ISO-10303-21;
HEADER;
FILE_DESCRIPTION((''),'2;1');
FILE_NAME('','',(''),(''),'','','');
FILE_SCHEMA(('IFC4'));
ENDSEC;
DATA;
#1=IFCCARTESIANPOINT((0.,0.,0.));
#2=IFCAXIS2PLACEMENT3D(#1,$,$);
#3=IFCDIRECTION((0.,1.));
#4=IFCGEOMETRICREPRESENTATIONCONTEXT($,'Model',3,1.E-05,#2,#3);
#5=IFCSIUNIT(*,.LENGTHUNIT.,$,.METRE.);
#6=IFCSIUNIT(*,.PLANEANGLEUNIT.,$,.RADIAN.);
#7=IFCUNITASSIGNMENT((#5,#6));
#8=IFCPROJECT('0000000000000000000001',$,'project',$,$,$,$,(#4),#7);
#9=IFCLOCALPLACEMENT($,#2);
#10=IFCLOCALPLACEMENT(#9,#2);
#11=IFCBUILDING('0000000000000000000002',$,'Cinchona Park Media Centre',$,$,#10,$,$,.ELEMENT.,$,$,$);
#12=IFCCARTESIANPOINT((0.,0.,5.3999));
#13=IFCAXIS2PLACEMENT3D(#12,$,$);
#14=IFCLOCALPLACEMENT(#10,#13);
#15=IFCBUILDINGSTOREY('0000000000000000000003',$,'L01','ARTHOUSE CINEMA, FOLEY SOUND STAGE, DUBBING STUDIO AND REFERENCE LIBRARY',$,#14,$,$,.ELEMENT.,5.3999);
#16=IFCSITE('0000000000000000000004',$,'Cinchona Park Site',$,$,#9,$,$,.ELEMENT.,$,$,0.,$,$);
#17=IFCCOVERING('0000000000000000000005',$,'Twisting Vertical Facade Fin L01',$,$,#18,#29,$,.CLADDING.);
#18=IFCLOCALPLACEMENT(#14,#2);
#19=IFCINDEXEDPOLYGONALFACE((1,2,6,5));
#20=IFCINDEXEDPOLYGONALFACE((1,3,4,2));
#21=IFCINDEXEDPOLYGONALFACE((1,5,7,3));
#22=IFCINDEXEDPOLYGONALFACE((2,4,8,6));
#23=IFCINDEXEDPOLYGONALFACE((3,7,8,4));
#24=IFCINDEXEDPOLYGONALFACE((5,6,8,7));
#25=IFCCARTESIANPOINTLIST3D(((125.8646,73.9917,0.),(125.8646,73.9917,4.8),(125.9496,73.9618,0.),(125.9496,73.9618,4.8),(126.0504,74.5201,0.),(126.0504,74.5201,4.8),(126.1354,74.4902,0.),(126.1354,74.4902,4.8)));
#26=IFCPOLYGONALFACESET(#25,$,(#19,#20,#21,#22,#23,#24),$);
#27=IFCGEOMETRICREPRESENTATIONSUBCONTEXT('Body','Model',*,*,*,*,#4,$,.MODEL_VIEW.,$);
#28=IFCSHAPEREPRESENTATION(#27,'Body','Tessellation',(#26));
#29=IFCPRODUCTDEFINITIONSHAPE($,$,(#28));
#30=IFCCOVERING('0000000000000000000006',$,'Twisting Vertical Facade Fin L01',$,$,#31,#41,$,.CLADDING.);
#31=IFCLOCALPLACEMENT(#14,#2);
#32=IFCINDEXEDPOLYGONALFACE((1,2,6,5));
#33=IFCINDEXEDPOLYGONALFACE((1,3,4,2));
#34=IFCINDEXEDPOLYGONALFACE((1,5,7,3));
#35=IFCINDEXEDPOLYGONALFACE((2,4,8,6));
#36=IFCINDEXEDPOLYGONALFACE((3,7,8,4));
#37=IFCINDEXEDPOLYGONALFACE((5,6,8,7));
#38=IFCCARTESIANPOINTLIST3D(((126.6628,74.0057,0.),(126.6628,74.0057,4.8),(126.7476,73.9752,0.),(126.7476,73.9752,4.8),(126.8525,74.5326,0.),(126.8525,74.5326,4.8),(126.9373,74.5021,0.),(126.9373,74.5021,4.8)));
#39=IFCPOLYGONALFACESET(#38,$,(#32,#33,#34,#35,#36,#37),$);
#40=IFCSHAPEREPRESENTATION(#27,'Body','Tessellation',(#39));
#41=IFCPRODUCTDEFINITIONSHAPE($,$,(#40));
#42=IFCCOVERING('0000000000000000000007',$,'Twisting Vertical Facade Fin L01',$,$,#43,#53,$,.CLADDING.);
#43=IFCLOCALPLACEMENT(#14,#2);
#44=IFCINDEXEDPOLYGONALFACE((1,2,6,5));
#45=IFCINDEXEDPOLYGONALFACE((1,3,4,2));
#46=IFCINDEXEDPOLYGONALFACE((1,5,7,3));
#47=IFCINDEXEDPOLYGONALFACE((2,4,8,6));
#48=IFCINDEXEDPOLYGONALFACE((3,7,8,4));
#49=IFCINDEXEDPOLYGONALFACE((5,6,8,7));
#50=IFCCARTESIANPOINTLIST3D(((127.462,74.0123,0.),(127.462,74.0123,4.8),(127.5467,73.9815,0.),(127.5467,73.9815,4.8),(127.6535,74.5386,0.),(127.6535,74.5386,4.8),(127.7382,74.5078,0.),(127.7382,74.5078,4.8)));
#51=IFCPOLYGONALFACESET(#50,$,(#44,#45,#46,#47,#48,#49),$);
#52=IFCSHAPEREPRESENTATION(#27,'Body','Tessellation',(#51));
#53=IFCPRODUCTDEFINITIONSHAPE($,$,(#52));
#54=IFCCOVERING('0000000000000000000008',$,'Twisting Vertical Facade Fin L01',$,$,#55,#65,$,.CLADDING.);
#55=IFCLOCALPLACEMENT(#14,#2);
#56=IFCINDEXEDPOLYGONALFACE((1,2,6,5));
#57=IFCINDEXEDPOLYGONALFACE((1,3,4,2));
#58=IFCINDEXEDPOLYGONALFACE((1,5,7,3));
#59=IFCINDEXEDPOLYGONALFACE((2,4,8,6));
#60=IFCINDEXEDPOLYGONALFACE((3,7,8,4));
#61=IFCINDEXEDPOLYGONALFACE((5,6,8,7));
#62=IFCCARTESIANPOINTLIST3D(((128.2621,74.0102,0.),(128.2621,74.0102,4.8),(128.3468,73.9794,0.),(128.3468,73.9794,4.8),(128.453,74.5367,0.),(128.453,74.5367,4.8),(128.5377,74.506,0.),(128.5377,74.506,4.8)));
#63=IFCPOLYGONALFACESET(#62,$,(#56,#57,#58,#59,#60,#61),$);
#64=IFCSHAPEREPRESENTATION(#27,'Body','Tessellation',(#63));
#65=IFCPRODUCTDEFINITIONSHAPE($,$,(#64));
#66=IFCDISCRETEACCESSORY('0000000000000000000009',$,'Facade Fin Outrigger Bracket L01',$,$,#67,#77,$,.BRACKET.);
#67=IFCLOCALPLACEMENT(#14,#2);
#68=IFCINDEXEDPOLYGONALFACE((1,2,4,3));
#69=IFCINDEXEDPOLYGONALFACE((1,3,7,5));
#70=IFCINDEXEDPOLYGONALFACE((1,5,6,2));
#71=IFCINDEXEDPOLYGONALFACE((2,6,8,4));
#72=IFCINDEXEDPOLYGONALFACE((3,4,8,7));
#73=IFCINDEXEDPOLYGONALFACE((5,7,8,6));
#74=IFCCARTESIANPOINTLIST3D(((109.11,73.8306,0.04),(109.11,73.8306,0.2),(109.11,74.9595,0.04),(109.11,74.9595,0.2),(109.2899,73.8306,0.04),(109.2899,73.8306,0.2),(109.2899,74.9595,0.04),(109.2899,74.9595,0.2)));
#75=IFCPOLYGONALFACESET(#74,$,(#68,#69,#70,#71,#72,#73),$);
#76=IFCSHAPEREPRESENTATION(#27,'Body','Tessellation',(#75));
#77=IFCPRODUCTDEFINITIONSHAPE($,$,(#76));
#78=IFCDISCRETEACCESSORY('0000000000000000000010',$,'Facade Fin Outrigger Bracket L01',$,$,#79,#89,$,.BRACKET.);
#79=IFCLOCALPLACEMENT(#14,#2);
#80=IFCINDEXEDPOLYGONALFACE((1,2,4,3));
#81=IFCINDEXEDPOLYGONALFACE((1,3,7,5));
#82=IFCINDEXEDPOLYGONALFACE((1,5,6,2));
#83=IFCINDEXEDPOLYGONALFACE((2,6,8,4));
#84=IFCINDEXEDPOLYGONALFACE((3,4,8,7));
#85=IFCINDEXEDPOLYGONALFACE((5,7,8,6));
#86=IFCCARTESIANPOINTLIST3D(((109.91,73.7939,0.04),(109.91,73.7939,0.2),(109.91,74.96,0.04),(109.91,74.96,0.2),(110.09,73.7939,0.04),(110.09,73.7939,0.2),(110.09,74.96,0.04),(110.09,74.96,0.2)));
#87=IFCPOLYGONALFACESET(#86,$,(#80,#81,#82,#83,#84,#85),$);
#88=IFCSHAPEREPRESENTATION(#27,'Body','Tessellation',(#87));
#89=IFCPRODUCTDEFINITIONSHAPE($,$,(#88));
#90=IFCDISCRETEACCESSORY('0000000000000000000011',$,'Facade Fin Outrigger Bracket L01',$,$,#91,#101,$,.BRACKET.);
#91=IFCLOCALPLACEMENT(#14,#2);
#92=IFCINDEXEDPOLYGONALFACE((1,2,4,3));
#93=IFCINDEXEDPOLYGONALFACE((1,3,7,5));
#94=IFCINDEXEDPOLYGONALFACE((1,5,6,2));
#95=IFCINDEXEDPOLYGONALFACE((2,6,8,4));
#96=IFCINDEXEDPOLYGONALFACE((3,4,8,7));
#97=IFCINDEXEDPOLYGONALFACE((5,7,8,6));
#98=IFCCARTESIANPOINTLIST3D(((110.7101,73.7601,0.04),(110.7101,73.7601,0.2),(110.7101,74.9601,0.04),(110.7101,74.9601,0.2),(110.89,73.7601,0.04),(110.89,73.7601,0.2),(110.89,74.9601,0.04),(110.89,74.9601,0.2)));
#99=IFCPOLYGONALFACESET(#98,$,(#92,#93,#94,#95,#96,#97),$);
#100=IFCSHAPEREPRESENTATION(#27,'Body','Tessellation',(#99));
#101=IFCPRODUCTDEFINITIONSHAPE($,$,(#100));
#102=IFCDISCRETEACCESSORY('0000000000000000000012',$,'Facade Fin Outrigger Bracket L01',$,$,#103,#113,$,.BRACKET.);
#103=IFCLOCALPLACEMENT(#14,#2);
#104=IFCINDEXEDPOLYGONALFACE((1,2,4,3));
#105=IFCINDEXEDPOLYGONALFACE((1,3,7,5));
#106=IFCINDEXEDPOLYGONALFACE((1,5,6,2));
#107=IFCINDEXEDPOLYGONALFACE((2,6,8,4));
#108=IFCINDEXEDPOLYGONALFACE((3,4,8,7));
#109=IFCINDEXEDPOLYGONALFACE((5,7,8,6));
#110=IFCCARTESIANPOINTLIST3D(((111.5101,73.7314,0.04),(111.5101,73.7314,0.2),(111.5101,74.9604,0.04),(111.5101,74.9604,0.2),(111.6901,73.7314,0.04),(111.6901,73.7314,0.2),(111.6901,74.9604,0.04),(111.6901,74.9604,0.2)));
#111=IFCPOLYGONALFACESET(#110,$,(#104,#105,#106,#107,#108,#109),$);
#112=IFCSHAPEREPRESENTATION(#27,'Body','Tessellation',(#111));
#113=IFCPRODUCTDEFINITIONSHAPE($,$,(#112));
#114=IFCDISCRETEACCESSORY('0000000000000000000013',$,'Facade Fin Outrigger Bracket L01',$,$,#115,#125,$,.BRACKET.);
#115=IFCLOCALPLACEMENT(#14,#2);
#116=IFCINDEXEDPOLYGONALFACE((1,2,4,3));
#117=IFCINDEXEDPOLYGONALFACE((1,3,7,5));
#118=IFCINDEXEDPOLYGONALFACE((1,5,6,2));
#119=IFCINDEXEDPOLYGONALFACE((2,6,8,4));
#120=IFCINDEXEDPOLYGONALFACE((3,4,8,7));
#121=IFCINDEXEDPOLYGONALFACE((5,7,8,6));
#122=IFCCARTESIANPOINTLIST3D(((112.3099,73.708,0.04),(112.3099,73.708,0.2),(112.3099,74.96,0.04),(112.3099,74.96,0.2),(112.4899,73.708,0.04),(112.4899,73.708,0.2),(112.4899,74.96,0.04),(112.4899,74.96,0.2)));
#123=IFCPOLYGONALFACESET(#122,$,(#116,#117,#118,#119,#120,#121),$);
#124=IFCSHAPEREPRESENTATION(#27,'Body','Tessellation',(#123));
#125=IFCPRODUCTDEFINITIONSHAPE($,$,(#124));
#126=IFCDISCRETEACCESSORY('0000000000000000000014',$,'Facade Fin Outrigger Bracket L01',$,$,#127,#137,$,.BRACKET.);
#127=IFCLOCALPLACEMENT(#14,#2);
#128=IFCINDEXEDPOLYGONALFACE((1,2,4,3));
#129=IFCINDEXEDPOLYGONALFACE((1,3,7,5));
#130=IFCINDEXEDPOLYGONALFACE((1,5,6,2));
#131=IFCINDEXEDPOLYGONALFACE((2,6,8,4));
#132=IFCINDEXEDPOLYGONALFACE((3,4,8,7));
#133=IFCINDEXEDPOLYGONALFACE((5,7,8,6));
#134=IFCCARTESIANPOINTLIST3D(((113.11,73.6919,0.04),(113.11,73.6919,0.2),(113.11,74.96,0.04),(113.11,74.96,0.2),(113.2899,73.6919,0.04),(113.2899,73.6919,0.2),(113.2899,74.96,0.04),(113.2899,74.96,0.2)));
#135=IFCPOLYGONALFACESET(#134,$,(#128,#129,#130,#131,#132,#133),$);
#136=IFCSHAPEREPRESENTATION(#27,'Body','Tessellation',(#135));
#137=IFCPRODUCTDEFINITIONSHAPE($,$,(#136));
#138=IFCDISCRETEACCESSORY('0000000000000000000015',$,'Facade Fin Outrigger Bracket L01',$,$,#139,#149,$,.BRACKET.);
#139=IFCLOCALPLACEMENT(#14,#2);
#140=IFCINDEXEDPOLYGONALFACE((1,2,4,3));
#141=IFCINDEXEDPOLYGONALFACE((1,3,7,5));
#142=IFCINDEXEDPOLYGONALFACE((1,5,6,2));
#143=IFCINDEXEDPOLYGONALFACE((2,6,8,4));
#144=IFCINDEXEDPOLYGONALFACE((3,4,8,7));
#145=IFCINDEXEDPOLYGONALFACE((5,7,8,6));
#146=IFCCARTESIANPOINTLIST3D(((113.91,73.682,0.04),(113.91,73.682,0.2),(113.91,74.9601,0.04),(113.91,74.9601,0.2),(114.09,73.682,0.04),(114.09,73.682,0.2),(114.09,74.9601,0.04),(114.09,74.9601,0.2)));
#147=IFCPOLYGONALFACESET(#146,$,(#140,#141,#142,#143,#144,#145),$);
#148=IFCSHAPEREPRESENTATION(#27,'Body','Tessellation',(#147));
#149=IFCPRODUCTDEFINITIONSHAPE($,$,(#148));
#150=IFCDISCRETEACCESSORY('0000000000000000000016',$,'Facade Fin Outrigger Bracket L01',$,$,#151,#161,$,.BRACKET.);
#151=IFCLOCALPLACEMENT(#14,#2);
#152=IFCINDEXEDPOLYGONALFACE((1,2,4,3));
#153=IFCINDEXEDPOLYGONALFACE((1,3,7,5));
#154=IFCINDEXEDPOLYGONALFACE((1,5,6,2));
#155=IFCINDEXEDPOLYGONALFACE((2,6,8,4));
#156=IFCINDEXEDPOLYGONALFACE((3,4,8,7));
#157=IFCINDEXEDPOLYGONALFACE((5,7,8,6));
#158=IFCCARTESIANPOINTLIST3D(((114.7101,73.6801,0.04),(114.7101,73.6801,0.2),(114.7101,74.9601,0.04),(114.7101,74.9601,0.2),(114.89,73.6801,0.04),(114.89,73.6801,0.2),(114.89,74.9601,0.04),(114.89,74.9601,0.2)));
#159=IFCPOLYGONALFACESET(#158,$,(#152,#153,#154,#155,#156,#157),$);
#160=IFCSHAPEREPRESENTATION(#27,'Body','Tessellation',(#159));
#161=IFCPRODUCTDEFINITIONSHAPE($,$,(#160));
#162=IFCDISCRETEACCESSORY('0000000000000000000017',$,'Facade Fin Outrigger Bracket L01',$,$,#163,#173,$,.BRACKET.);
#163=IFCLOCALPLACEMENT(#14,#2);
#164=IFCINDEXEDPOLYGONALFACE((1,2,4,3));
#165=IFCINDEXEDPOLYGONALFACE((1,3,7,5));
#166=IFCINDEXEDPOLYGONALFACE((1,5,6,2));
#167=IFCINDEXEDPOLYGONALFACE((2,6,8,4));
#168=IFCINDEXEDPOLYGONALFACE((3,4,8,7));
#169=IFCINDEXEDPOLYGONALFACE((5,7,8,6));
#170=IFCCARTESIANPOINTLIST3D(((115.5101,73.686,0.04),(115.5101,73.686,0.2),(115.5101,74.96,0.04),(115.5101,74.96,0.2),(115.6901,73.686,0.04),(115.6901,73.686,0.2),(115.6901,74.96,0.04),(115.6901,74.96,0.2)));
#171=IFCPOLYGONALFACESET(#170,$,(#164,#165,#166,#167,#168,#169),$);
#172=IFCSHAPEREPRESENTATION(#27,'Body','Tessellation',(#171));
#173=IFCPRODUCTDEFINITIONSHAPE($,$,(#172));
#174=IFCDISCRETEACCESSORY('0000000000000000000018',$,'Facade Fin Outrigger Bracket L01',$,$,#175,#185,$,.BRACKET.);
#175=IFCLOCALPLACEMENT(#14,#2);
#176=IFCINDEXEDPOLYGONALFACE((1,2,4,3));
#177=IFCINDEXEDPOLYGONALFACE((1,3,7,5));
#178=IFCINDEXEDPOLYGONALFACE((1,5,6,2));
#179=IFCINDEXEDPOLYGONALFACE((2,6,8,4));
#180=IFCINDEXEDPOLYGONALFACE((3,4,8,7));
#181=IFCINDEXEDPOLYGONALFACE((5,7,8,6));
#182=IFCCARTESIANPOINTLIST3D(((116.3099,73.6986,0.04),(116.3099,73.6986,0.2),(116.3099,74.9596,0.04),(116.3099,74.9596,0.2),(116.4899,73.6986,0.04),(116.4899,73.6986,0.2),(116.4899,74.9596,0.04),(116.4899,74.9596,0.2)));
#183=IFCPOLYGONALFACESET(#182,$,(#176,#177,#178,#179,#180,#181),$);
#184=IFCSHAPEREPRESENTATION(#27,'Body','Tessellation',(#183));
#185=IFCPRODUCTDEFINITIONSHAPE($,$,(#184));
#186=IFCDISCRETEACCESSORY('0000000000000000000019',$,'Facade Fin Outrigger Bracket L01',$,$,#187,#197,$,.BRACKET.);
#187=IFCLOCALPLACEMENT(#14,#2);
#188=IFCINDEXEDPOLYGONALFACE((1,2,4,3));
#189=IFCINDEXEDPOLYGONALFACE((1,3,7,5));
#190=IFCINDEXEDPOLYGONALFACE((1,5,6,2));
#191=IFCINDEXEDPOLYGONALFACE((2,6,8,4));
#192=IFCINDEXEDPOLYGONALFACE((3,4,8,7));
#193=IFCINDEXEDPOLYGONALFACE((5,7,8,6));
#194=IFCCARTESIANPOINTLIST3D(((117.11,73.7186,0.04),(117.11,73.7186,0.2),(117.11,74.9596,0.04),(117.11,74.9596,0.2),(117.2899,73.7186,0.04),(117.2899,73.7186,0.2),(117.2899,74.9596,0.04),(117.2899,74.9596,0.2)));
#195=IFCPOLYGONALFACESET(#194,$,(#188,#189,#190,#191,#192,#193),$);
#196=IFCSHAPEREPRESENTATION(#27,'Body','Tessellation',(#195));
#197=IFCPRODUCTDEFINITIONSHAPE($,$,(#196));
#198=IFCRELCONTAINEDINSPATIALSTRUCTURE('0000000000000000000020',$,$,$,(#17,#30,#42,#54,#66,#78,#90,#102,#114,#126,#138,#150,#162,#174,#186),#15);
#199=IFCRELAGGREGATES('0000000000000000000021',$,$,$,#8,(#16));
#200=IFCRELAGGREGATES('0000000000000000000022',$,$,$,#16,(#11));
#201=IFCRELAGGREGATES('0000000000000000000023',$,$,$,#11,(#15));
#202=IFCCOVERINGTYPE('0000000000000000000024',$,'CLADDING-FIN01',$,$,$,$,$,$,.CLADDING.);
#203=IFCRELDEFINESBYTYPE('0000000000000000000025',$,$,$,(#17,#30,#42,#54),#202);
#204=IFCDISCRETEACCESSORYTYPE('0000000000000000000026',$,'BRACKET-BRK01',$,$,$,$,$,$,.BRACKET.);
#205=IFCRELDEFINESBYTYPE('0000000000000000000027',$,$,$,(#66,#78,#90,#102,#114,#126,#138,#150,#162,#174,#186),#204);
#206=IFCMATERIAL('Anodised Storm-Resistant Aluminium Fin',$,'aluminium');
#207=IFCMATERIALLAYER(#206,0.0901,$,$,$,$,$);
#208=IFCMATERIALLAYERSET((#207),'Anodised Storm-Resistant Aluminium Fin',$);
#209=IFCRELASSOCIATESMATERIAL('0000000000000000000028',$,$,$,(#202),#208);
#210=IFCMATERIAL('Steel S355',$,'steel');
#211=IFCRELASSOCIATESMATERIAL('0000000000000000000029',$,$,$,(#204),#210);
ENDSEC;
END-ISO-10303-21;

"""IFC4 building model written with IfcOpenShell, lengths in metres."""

from ifc_helpers import new_model, si_unit, direction, frame, origin, origin_2d, place, context, subcontext, project, spatial, rectangle, extrude, material, layer, layer_set, type_object, element, save


model = new_model("IFC4")

# Units and contexts
model_context = context("Model", 3, precision=1e-05, world=origin(), true_north=direction((0.0, 1.0)))
body_context = subcontext(model_context, "Body", "Model", "MODEL_VIEW")
ifc_project = project(units=[si_unit("LENGTHUNIT", "METRE"), si_unit("PLANEANGLEUNIT", "RADIAN")], contexts=[model_context])

# Site, building, storey
site_placement = place(None, origin())
site = spatial("IfcSite", under=ifc_project, at=site_placement, Name="Cinchona Park Site", CompositionType="ELEMENT", RefElevation=0.0)
building_placement = place(site_placement, origin())
building = spatial("IfcBuilding", under=site, at=building_placement, Name="Cinchona Park Media Centre", CompositionType="ELEMENT")
storey_placement = place(building_placement, frame((0.0, 0.0, 5.3999)))
storey = spatial("IfcBuildingStorey", under=building, at=storey_placement, Name="L01", Description="ARTHOUSE CINEMA, FOLEY SOUND STAGE, DUBBING STUDIO AND REFERENCE LIBRARY", CompositionType="ELEMENT", Elevation=5.3999)

# Coverings
ifc_material_1 = material(Name="Anodised Storm-Resistant Aluminium Fin", Category="aluminium")
ifc_layer = layer(ifc_material_1, 0.0901)
ifc_layer_set = layer_set([ifc_layer], Name="Anodised Storm-Resistant Aluminium Fin")
covering_type = type_object("IfcCoveringType", Name="CLADDING-FIN01", PredefinedType="CLADDING", material=ifc_layer_set)
for number, where, z_axis, x_axis, name in (
    (1, (126.0, 74.241, 0.0), (0.0, 0.0, 1.0), (0.331667, 0.943396, 0.0), "Twisting Vertical Facade Fin L01"),
    (2, (126.8, 74.2539, 0.0), (0.0, 0.0, 1.0), (0.338738, 0.940881, 0.0), "Twisting Vertical Facade Fin L01"),
    (3, (127.6001, 74.26, 0.0), (0.0, 0.0, 1.0), (0.341856, 0.939752, 0.0), "Twisting Vertical Facade Fin L01"),
    (4, (128.3999, 74.2581, 0.0), (0.0, 0.0, 1.0), (0.340872, 0.94011, 0.0), "Twisting Vertical Facade Fin L01"),
):
    element("IfcCovering", number, at=place(storey_placement, frame(where, z_axis=z_axis, x_axis=x_axis)), inside=storey, type_object=covering_type, Name=name, PredefinedType="CLADDING", context=body_context, shape_type="SweptSolid", body=[
        extrude(rectangle(XDim=0.5601, YDim=0.0901, at=origin_2d()), origin(), (0.0, 0.0, 1.0), 4.8),
    ])

# Discrete accessories
ifc_material_2 = material(Name="Steel S355", Category="steel")
discrete_accessory_type = type_object("IfcDiscreteAccessoryType", Name="BRACKET-BRK01", PredefinedType="BRACKET", material=ifc_material_2)
discrete_accessory_1_placement = place(storey_placement, frame((109.2, 74.395, 0.04), z_axis=(0.0, 0.0, 1.0), x_axis=(1.0, 0.0, 0.0)))
element("IfcDiscreteAccessory", 5, at=discrete_accessory_1_placement, inside=storey, type_object=discrete_accessory_type, Name="Facade Fin Outrigger Bracket L01", PredefinedType="BRACKET", context=body_context, shape_type="SweptSolid", body=[
    extrude(rectangle(XDim=0.1799, YDim=1.1289, at=origin_2d()), origin(), (0.0, 0.0, 1.0), 0.1599),
])
discrete_accessory_2_placement = place(storey_placement, frame((110.0, 74.377, 0.04), z_axis=(0.0, 0.0, 1.0), x_axis=(1.0, 0.0, 0.0)))
element("IfcDiscreteAccessory", 6, at=discrete_accessory_2_placement, inside=storey, type_object=discrete_accessory_type, Name="Facade Fin Outrigger Bracket L01", PredefinedType="BRACKET", context=body_context, shape_type="SweptSolid", body=[
    extrude(rectangle(XDim=0.1799, YDim=1.166, at=origin_2d()), origin(), (0.0, 0.0, 1.0), 0.1599),
])
discrete_accessory_3_placement = place(storey_placement, frame((110.8, 74.3601, 0.04), z_axis=(0.0, 0.0, 1.0), x_axis=(1.0, 0.0, 0.0)))
element("IfcDiscreteAccessory", 7, at=discrete_accessory_3_placement, inside=storey, type_object=discrete_accessory_type, Name="Facade Fin Outrigger Bracket L01", PredefinedType="BRACKET", context=body_context, shape_type="SweptSolid", body=[
    extrude(rectangle(XDim=0.1799, YDim=1.2, at=origin_2d()), origin(), (0.0, 0.0, 1.0), 0.1599),
])
discrete_accessory_4_placement = place(storey_placement, frame((111.6001, 74.3459, 0.04), z_axis=(0.0, 0.0, 1.0), x_axis=(1.0, 0.0, 0.0)))
element("IfcDiscreteAccessory", 8, at=discrete_accessory_4_placement, inside=storey, type_object=discrete_accessory_type, Name="Facade Fin Outrigger Bracket L01", PredefinedType="BRACKET", context=body_context, shape_type="SweptSolid", body=[
    extrude(rectangle(XDim=0.1799, YDim=1.229, at=origin_2d()), origin(), (0.0, 0.0, 1.0), 0.1599),
])
discrete_accessory_5_placement = place(storey_placement, frame((112.3999, 74.334, 0.04), z_axis=(0.0, 0.0, 1.0), x_axis=(1.0, 0.0, 0.0)))
element("IfcDiscreteAccessory", 9, at=discrete_accessory_5_placement, inside=storey, type_object=discrete_accessory_type, Name="Facade Fin Outrigger Bracket L01", PredefinedType="BRACKET", context=body_context, shape_type="SweptSolid", body=[
    extrude(rectangle(XDim=0.1799, YDim=1.252, at=origin_2d()), origin(), (0.0, 0.0, 1.0), 0.1599),
])
discrete_accessory_6_placement = place(storey_placement, frame((113.2, 74.3259, 0.04), z_axis=(0.0, 0.0, 1.0), x_axis=(1.0, 0.0, 0.0)))
element("IfcDiscreteAccessory", 10, at=discrete_accessory_6_placement, inside=storey, type_object=discrete_accessory_type, Name="Facade Fin Outrigger Bracket L01", PredefinedType="BRACKET", context=body_context, shape_type="SweptSolid", body=[
    extrude(rectangle(XDim=0.1799, YDim=1.2681, at=origin_2d()), origin(), (0.0, 0.0, 1.0), 0.1599),
])
discrete_accessory_7_placement = place(storey_placement, frame((114.0, 74.321, 0.04), z_axis=(0.0, 0.0, 1.0), x_axis=(1.0, 0.0, 0.0)))
element("IfcDiscreteAccessory", 11, at=discrete_accessory_7_placement, inside=storey, type_object=discrete_accessory_type, Name="Facade Fin Outrigger Bracket L01", PredefinedType="BRACKET", context=body_context, shape_type="SweptSolid", body=[
    extrude(rectangle(XDim=0.1799, YDim=1.2781, at=origin_2d()), origin(), (0.0, 0.0, 1.0), 0.1599),
])
discrete_accessory_8_placement = place(storey_placement, frame((114.8, 74.3201, 0.04), z_axis=(0.0, 0.0, 1.0), x_axis=(1.0, 0.0, 0.0)))
element("IfcDiscreteAccessory", 12, at=discrete_accessory_8_placement, inside=storey, type_object=discrete_accessory_type, Name="Facade Fin Outrigger Bracket L01", PredefinedType="BRACKET", context=body_context, shape_type="SweptSolid", body=[
    extrude(rectangle(XDim=0.1799, YDim=1.28, at=origin_2d()), origin(), (0.0, 0.0, 1.0), 0.1599),
])
discrete_accessory_9_placement = place(storey_placement, frame((115.6001, 74.323, 0.04), z_axis=(0.0, 0.0, 1.0), x_axis=(1.0, 0.0, 0.0)))
element("IfcDiscreteAccessory", 13, at=discrete_accessory_9_placement, inside=storey, type_object=discrete_accessory_type, Name="Facade Fin Outrigger Bracket L01", PredefinedType="BRACKET", context=body_context, shape_type="SweptSolid", body=[
    extrude(rectangle(XDim=0.1799, YDim=1.2739, at=origin_2d()), origin(), (0.0, 0.0, 1.0), 0.1599),
])
discrete_accessory_10_placement = place(storey_placement, frame((116.3999, 74.3291, 0.04), z_axis=(0.0, 0.0, 1.0), x_axis=(1.0, 0.0, 0.0)))
element("IfcDiscreteAccessory", 14, at=discrete_accessory_10_placement, inside=storey, type_object=discrete_accessory_type, Name="Facade Fin Outrigger Bracket L01", PredefinedType="BRACKET", context=body_context, shape_type="SweptSolid", body=[
    extrude(rectangle(XDim=0.1799, YDim=1.261, at=origin_2d()), origin(), (0.0, 0.0, 1.0), 0.1599),
])
discrete_accessory_11_placement = place(storey_placement, frame((117.2, 74.3391, 0.04), z_axis=(0.0, 0.0, 1.0), x_axis=(1.0, 0.0, 0.0)))
element("IfcDiscreteAccessory", 15, at=discrete_accessory_11_placement, inside=storey, type_object=discrete_accessory_type, Name="Facade Fin Outrigger Bracket L01", PredefinedType="BRACKET", context=body_context, shape_type="SweptSolid", body=[
    extrude(rectangle(XDim=0.1799, YDim=1.241, at=origin_2d()), origin(), (0.0, 0.0, 1.0), 0.1599),
])

save(model, "model.ifc")
